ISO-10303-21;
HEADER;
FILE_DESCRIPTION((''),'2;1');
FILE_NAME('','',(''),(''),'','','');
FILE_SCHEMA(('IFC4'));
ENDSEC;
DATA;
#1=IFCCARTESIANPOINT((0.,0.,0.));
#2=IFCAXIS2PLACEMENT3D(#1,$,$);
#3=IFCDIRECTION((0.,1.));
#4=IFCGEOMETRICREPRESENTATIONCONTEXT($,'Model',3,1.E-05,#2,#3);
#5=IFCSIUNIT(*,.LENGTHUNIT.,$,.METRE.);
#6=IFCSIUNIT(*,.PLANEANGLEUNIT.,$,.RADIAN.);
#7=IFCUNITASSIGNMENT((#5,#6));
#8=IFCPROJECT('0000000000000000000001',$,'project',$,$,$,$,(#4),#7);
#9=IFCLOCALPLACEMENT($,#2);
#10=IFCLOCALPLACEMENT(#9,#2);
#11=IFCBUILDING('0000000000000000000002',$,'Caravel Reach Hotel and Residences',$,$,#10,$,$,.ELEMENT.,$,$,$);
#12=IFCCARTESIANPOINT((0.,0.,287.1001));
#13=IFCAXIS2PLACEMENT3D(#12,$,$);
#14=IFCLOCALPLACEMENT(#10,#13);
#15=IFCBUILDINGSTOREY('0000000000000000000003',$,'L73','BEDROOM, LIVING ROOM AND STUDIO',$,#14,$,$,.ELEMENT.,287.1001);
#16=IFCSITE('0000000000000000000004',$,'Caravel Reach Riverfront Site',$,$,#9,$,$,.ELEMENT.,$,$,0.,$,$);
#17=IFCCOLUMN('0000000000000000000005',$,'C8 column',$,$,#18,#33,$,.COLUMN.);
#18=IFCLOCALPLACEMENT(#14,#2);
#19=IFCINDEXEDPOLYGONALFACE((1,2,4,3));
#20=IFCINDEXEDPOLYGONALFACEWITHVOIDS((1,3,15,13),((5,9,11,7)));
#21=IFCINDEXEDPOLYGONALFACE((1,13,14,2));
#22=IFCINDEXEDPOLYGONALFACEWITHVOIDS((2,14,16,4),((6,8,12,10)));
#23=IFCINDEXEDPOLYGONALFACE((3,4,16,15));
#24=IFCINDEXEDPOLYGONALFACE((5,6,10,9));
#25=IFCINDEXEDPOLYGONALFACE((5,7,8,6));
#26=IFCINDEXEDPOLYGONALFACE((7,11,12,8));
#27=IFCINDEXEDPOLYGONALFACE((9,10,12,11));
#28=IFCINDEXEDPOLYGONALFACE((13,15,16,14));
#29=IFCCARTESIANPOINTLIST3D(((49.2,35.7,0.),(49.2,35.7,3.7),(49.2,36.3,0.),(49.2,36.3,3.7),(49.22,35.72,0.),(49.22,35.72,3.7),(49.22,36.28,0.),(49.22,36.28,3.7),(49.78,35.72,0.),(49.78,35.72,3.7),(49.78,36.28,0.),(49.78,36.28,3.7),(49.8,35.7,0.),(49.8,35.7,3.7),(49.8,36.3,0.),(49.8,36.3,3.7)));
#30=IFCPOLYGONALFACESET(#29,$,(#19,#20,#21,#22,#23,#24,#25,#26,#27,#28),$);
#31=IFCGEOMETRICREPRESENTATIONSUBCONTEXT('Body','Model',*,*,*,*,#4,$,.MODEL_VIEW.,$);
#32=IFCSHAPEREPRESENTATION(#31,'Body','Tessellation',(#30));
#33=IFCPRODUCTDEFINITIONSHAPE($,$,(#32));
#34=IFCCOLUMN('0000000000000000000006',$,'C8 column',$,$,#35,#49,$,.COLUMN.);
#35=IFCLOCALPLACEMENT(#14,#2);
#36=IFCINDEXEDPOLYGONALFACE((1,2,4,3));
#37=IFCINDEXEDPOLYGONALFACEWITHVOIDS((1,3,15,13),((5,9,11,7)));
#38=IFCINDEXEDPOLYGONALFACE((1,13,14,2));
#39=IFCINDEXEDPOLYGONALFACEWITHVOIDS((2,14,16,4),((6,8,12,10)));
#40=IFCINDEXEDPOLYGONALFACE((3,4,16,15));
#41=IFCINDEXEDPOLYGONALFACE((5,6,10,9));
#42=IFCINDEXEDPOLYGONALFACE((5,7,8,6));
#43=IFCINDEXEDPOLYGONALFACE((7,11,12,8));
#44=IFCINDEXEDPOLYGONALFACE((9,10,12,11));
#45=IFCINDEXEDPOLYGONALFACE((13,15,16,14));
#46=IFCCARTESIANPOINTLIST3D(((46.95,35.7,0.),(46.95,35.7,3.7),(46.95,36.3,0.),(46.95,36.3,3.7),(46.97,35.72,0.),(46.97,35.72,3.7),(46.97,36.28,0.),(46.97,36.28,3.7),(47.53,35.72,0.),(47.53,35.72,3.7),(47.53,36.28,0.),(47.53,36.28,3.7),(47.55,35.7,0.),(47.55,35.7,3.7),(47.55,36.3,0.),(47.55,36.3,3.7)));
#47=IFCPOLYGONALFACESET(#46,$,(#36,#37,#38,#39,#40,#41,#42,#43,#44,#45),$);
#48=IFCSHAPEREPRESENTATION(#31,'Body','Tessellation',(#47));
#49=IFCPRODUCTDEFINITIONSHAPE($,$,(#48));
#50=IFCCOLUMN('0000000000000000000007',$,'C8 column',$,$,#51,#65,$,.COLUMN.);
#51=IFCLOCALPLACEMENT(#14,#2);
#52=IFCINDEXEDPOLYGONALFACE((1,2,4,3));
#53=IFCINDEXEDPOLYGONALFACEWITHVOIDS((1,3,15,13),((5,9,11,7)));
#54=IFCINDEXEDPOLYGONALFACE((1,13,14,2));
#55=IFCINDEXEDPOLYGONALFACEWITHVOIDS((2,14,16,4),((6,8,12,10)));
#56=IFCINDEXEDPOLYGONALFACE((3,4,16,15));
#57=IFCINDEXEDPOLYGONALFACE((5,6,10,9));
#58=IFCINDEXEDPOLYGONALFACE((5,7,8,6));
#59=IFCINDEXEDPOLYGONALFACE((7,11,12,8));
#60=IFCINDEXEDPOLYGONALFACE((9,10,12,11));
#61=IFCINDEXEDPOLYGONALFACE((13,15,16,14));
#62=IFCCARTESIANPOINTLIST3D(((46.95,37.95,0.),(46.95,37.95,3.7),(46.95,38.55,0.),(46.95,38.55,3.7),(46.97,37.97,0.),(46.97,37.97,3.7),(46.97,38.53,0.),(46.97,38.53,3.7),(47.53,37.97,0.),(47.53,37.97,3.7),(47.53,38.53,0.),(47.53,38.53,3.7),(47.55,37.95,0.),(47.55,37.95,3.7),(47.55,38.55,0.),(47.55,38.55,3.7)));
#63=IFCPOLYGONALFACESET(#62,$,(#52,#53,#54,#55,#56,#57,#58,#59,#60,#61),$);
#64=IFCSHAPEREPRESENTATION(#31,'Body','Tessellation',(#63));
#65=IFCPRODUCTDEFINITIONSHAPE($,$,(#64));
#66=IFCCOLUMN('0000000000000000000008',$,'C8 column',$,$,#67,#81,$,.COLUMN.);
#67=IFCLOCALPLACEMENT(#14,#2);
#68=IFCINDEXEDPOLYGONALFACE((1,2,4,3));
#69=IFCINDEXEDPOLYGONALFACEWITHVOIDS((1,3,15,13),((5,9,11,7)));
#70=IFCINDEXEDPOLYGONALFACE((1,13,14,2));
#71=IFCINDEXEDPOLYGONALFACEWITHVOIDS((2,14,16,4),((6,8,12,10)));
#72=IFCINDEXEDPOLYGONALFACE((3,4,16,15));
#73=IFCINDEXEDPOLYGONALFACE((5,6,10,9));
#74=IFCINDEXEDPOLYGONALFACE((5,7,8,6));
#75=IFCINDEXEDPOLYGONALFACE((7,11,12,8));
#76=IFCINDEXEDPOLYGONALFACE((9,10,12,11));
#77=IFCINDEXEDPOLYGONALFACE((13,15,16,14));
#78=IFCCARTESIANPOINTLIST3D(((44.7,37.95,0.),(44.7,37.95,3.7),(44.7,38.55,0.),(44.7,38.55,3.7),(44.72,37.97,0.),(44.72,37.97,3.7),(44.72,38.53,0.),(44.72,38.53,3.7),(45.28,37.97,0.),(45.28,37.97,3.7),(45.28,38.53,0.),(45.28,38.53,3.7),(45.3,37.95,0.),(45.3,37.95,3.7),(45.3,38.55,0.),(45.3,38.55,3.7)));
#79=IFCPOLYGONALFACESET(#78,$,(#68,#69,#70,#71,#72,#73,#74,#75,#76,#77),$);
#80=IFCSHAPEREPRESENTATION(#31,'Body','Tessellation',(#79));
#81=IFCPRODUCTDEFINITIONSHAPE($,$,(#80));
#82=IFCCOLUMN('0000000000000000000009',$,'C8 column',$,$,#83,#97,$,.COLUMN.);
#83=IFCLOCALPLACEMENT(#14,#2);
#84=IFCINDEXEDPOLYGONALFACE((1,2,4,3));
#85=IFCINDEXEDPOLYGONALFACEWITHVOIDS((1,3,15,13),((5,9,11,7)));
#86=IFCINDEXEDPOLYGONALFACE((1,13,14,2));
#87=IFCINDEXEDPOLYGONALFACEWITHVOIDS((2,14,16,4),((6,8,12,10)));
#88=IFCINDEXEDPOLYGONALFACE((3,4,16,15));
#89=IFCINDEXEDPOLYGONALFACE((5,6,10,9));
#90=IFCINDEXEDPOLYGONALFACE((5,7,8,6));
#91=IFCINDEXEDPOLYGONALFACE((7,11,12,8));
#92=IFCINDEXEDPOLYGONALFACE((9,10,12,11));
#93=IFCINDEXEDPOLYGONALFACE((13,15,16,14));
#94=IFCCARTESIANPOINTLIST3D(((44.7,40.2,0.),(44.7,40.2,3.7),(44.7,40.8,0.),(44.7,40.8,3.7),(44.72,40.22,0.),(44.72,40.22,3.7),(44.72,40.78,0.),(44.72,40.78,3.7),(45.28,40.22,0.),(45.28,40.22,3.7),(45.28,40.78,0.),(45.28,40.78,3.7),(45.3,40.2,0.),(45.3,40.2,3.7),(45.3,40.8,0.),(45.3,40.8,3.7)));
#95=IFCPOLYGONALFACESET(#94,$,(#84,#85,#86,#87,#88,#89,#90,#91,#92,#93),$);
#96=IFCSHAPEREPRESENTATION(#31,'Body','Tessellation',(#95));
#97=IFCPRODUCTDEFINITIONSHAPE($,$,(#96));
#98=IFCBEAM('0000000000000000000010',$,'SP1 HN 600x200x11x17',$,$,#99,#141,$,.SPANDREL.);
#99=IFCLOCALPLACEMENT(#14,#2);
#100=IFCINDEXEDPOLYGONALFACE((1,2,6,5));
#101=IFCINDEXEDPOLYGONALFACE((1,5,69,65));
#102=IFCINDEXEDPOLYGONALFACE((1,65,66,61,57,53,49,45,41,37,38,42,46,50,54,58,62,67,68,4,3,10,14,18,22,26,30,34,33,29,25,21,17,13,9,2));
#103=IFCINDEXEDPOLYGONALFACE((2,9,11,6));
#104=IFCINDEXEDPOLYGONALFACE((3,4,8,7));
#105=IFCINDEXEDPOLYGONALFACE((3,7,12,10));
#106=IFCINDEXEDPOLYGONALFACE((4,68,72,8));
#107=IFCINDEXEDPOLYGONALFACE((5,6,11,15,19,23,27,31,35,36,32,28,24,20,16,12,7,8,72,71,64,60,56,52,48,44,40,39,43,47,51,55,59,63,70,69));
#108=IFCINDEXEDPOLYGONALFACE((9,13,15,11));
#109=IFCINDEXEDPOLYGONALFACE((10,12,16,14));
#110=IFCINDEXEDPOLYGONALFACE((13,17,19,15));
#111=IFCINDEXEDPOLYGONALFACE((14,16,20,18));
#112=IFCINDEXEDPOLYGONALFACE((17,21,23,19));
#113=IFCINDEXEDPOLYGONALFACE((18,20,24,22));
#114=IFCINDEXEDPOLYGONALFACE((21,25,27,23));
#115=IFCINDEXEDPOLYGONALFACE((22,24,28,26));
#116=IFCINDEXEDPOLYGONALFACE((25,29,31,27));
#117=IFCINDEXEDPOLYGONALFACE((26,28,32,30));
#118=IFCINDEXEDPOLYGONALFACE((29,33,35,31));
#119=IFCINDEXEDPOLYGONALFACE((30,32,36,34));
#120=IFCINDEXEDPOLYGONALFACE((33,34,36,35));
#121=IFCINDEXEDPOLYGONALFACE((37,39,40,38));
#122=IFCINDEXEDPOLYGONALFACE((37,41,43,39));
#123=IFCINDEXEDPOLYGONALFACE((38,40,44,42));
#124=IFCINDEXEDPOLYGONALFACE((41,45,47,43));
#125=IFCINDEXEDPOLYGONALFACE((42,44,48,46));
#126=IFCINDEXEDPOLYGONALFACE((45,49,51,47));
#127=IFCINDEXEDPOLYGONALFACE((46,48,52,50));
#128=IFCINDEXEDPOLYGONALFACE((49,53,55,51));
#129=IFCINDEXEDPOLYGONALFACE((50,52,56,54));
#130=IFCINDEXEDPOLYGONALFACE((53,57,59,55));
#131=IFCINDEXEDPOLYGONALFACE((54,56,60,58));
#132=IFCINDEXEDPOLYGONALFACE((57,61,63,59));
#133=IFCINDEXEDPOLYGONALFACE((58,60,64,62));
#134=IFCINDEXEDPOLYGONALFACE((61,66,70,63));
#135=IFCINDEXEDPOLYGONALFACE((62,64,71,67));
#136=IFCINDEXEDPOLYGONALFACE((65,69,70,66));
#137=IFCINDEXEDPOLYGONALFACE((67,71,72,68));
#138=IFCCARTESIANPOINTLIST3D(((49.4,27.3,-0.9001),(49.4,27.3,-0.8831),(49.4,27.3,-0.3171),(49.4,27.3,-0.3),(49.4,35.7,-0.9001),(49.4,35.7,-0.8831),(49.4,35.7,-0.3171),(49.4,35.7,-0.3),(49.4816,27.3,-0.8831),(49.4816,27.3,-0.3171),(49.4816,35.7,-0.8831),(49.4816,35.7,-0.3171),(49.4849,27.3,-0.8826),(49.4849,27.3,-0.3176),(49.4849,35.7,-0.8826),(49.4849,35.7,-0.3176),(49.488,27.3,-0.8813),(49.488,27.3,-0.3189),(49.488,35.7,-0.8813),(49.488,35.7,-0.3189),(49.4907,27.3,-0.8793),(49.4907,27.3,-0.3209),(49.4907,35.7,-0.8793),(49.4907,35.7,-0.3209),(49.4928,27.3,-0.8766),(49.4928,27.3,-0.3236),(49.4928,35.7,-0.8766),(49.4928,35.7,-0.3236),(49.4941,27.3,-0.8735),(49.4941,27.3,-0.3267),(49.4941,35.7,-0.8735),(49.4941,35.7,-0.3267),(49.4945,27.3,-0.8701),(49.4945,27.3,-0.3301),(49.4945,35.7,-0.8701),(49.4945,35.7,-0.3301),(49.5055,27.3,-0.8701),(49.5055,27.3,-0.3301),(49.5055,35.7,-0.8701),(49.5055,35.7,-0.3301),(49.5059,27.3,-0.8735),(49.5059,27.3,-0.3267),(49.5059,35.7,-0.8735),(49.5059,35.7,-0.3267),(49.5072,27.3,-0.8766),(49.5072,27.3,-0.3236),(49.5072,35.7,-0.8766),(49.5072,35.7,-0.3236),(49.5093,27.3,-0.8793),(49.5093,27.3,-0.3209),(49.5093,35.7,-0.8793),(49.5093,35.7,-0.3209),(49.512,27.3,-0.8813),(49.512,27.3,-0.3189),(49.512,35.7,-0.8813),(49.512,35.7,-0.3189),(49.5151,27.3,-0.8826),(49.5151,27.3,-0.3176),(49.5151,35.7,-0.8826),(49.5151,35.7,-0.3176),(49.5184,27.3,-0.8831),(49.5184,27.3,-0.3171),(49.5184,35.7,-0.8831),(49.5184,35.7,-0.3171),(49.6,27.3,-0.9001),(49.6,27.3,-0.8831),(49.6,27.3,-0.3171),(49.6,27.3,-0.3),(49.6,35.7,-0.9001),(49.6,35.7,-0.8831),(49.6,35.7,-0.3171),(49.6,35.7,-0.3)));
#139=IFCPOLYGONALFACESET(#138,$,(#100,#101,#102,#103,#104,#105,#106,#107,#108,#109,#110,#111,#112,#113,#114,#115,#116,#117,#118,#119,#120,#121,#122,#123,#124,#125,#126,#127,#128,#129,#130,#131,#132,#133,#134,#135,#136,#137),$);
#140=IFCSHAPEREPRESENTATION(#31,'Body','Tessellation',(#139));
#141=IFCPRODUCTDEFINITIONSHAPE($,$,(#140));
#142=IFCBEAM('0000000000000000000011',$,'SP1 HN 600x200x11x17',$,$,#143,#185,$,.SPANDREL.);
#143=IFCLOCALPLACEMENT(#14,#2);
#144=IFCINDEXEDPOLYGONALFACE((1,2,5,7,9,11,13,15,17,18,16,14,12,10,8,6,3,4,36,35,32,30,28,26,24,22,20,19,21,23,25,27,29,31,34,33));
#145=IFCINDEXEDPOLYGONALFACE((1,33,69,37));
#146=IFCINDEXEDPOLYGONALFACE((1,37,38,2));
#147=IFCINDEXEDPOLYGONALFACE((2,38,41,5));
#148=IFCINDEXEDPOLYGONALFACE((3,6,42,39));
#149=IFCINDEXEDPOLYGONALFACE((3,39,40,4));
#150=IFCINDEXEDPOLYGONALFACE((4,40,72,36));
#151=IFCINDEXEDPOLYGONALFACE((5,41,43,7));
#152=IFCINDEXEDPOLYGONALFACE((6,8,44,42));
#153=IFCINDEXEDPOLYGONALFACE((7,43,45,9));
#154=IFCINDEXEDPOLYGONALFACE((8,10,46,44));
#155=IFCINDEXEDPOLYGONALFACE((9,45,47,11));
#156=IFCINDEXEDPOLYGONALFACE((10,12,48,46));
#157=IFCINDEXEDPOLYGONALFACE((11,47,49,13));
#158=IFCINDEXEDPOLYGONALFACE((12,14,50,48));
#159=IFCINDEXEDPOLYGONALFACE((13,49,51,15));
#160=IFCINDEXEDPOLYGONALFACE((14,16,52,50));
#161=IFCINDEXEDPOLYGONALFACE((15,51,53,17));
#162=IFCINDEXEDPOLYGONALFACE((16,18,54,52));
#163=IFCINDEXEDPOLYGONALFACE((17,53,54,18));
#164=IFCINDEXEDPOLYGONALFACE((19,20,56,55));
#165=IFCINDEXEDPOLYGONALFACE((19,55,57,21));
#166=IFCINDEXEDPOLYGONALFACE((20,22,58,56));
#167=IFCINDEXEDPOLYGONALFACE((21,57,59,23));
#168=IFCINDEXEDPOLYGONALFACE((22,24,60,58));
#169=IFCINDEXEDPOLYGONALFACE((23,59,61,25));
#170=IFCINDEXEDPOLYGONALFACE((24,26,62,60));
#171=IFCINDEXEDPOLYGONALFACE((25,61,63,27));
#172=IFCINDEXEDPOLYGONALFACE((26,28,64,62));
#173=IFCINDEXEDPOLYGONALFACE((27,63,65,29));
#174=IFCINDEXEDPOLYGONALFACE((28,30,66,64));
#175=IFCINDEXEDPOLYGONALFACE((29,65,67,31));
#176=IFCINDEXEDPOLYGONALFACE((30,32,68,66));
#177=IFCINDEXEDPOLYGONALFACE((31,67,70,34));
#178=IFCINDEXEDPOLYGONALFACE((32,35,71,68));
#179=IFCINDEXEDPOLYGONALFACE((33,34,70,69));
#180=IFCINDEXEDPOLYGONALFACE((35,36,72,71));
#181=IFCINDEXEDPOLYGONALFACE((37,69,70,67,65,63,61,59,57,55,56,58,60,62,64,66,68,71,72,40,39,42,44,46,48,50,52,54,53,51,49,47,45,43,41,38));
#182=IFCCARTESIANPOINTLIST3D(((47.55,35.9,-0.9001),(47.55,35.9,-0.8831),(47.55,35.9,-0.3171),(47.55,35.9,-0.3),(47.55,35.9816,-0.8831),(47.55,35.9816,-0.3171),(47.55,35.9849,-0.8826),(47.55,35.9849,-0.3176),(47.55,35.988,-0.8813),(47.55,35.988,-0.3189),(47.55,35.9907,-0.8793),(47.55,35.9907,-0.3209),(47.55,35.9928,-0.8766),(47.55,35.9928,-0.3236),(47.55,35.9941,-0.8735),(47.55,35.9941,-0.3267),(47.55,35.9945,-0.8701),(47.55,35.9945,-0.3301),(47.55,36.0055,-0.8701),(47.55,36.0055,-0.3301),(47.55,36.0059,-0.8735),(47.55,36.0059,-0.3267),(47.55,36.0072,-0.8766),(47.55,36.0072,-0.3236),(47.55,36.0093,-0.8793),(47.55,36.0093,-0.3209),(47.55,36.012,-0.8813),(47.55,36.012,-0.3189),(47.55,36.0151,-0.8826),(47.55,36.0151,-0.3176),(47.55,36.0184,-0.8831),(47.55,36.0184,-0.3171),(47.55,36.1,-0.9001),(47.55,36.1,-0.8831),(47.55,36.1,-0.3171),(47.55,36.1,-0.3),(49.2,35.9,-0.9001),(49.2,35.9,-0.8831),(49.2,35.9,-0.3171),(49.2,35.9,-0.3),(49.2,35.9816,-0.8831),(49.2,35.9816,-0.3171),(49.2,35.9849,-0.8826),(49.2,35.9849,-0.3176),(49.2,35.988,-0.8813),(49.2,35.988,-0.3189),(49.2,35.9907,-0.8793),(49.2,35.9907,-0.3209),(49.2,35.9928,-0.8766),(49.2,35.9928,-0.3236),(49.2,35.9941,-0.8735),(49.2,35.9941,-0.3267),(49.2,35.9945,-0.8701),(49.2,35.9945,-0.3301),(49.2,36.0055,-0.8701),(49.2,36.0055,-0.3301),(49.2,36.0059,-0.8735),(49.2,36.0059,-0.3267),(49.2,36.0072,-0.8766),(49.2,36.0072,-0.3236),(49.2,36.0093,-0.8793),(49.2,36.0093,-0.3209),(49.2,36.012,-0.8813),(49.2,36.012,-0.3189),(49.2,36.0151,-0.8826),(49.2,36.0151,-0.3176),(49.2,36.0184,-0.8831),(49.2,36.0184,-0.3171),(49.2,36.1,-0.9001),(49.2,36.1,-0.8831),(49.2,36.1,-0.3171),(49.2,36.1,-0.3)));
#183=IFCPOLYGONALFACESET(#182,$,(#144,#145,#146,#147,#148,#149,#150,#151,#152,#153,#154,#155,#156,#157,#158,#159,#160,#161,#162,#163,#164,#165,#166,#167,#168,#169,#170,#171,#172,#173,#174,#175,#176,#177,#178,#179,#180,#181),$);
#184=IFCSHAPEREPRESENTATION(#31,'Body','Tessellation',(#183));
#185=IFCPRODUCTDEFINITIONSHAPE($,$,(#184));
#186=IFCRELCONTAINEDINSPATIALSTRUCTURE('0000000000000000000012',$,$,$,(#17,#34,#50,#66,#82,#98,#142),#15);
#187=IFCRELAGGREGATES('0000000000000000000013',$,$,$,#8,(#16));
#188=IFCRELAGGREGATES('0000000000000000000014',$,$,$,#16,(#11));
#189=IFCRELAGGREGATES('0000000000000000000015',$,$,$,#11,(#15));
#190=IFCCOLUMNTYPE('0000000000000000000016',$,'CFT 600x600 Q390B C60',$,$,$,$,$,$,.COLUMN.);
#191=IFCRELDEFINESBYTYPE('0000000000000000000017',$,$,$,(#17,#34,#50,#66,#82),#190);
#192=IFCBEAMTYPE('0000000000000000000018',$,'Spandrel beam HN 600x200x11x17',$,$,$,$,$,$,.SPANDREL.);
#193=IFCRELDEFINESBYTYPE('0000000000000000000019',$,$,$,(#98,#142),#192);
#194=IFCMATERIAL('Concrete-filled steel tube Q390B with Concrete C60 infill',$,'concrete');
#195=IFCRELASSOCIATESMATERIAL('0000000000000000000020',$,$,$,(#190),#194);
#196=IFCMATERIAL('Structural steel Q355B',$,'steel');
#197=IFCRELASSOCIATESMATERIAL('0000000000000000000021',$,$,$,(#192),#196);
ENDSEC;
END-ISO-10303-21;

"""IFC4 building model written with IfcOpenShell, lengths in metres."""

from ifc_helpers import new_model, si_unit, direction, frame, origin, origin_2d, place, context, subcontext, project, spatial, hollow_rectangle, i_section, extrude, material, material_profile, profile_set, type_object, element, save


model = new_model("IFC4")

# Units and contexts
model_context = context("Model", 3, precision=1e-05, world=origin(), true_north=direction((0.0, 1.0)))
body_context = subcontext(model_context, "Body", "Model", "MODEL_VIEW")
ifc_project = project(units=[si_unit("LENGTHUNIT", "METRE"), si_unit("PLANEANGLEUNIT", "RADIAN")], contexts=[model_context])

# Site, building, storey
site_placement = place(None, origin())
site = spatial("IfcSite", under=ifc_project, at=site_placement, Name="Caravel Reach Riverfront Site", CompositionType="ELEMENT", RefElevation=0.0)
building_placement = place(site_placement, origin())
building = spatial("IfcBuilding", under=site, at=building_placement, Name="Caravel Reach Hotel and Residences", CompositionType="ELEMENT")
storey_placement = place(building_placement, frame((0.0, 0.0, 287.1001)))
storey = spatial("IfcBuildingStorey", under=building, at=storey_placement, Name="L73", Description="BEDROOM, LIVING ROOM AND STUDIO", CompositionType="ELEMENT", Elevation=287.1001)

# Columns
ifc_material_1 = material(Name="Concrete-filled steel tube Q390B with Concrete C60 infill", Category="concrete")
ifc_material_profile_1 = material_profile(ifc_material_1, hollow_rectangle(XDim=0.6001, YDim=0.6001, WallThickness=0.02, at=origin_2d()), Name="RHS 600x600x20")
ifc_profile_set_1 = profile_set([ifc_material_profile_1], Name="Concrete-filled steel tube Q390B with Concrete C60 infill")
column_type = type_object("IfcColumnType", Name="CFT 600x600 Q390B C60", PredefinedType="COLUMN", material=ifc_profile_set_1)
for number, where, z_axis, x_axis, name in (
    (1, (49.5, 36.0, 0.0), (0.0, 0.0, 1.0), (1.0, 0.0, 0.0), "C8 column"),
    (2, (47.25, 36.0, 0.0), (0.0, 0.0, 1.0), (1.0, 0.0, 0.0), "C8 column"),
    (3, (47.25, 38.25, 0.0), (0.0, 0.0, 1.0), (1.0, 0.0, 0.0), "C8 column"),
    (4, (45.0, 38.25, 0.0), (0.0, 0.0, 1.0), (1.0, 0.0, 0.0), "C8 column"),
    (5, (45.0, 40.5, 0.0), (0.0, 0.0, 1.0), (1.0, 0.0, 0.0), "C8 column"),
):
    element("IfcColumn", number, at=place(storey_placement, frame(where, z_axis=z_axis, x_axis=x_axis)), inside=storey, type_object=column_type, Name=name, PredefinedType="COLUMN", context=body_context, shape_type="SweptSolid", body=[
        extrude(hollow_rectangle(XDim=0.6001, YDim=0.6001, WallThickness=0.02, at=origin_2d()), origin(), (0.0, 0.0, 1.0), 3.7),
    ])

# Beams
ifc_material_2 = material(Name="Structural steel Q355B", Category="steel")
ifc_material_profile_2 = material_profile(ifc_material_2, i_section(OverallWidth=0.2, OverallDepth=0.6001, WebThickness=0.011, FlangeThickness=0.0171, FilletRadius=0.0129, at=origin_2d()), Name="HN 600x200x11x17")
ifc_profile_set_2 = profile_set([ifc_material_profile_2], Name="Structural steel Q355B")
beam_type = type_object("IfcBeamType", Name="Spandrel beam HN 600x200x11x17", PredefinedType="SPANDREL", material=ifc_profile_set_2)
beam_placement = place(storey_placement, frame((49.5, 27.3, -0.6001), z_axis=(0.0, 1.0, 0.0), x_axis=(-1.0, 0.0, 0.0)))
element("IfcBeam", 6, at=beam_placement, inside=storey, type_object=beam_type, Name="SP1 HN 600x200x11x17", PredefinedType="SPANDREL", context=body_context, shape_type="SweptSolid", body=[
    extrude(i_section(OverallWidth=0.2, OverallDepth=0.6001, WebThickness=0.011, FlangeThickness=0.0171, FilletRadius=0.0129, at=origin_2d()), origin(), (0.0, 0.0, 1.0), 8.3999),
])
for number, where, z_axis, x_axis, name in (
    (7, (49.2, 36.0, -0.6001), (-1.0, 0.0, 0.0), (0.0, -1.0, 0.0), "SP1 HN 600x200x11x17"),
):
    element("IfcBeam", number, at=place(storey_placement, frame(where, z_axis=z_axis, x_axis=x_axis)), inside=storey, type_object=beam_type, Name=name, PredefinedType="SPANDREL", context=body_context, shape_type="SweptSolid", body=[
        extrude(i_section(OverallWidth=0.2, OverallDepth=0.6001, WebThickness=0.011, FlangeThickness=0.0171, FilletRadius=0.0129, at=origin_2d()), origin(), (0.0, 0.0, 1.0), 1.6499),
    ])

save(model, "model.ifc")
